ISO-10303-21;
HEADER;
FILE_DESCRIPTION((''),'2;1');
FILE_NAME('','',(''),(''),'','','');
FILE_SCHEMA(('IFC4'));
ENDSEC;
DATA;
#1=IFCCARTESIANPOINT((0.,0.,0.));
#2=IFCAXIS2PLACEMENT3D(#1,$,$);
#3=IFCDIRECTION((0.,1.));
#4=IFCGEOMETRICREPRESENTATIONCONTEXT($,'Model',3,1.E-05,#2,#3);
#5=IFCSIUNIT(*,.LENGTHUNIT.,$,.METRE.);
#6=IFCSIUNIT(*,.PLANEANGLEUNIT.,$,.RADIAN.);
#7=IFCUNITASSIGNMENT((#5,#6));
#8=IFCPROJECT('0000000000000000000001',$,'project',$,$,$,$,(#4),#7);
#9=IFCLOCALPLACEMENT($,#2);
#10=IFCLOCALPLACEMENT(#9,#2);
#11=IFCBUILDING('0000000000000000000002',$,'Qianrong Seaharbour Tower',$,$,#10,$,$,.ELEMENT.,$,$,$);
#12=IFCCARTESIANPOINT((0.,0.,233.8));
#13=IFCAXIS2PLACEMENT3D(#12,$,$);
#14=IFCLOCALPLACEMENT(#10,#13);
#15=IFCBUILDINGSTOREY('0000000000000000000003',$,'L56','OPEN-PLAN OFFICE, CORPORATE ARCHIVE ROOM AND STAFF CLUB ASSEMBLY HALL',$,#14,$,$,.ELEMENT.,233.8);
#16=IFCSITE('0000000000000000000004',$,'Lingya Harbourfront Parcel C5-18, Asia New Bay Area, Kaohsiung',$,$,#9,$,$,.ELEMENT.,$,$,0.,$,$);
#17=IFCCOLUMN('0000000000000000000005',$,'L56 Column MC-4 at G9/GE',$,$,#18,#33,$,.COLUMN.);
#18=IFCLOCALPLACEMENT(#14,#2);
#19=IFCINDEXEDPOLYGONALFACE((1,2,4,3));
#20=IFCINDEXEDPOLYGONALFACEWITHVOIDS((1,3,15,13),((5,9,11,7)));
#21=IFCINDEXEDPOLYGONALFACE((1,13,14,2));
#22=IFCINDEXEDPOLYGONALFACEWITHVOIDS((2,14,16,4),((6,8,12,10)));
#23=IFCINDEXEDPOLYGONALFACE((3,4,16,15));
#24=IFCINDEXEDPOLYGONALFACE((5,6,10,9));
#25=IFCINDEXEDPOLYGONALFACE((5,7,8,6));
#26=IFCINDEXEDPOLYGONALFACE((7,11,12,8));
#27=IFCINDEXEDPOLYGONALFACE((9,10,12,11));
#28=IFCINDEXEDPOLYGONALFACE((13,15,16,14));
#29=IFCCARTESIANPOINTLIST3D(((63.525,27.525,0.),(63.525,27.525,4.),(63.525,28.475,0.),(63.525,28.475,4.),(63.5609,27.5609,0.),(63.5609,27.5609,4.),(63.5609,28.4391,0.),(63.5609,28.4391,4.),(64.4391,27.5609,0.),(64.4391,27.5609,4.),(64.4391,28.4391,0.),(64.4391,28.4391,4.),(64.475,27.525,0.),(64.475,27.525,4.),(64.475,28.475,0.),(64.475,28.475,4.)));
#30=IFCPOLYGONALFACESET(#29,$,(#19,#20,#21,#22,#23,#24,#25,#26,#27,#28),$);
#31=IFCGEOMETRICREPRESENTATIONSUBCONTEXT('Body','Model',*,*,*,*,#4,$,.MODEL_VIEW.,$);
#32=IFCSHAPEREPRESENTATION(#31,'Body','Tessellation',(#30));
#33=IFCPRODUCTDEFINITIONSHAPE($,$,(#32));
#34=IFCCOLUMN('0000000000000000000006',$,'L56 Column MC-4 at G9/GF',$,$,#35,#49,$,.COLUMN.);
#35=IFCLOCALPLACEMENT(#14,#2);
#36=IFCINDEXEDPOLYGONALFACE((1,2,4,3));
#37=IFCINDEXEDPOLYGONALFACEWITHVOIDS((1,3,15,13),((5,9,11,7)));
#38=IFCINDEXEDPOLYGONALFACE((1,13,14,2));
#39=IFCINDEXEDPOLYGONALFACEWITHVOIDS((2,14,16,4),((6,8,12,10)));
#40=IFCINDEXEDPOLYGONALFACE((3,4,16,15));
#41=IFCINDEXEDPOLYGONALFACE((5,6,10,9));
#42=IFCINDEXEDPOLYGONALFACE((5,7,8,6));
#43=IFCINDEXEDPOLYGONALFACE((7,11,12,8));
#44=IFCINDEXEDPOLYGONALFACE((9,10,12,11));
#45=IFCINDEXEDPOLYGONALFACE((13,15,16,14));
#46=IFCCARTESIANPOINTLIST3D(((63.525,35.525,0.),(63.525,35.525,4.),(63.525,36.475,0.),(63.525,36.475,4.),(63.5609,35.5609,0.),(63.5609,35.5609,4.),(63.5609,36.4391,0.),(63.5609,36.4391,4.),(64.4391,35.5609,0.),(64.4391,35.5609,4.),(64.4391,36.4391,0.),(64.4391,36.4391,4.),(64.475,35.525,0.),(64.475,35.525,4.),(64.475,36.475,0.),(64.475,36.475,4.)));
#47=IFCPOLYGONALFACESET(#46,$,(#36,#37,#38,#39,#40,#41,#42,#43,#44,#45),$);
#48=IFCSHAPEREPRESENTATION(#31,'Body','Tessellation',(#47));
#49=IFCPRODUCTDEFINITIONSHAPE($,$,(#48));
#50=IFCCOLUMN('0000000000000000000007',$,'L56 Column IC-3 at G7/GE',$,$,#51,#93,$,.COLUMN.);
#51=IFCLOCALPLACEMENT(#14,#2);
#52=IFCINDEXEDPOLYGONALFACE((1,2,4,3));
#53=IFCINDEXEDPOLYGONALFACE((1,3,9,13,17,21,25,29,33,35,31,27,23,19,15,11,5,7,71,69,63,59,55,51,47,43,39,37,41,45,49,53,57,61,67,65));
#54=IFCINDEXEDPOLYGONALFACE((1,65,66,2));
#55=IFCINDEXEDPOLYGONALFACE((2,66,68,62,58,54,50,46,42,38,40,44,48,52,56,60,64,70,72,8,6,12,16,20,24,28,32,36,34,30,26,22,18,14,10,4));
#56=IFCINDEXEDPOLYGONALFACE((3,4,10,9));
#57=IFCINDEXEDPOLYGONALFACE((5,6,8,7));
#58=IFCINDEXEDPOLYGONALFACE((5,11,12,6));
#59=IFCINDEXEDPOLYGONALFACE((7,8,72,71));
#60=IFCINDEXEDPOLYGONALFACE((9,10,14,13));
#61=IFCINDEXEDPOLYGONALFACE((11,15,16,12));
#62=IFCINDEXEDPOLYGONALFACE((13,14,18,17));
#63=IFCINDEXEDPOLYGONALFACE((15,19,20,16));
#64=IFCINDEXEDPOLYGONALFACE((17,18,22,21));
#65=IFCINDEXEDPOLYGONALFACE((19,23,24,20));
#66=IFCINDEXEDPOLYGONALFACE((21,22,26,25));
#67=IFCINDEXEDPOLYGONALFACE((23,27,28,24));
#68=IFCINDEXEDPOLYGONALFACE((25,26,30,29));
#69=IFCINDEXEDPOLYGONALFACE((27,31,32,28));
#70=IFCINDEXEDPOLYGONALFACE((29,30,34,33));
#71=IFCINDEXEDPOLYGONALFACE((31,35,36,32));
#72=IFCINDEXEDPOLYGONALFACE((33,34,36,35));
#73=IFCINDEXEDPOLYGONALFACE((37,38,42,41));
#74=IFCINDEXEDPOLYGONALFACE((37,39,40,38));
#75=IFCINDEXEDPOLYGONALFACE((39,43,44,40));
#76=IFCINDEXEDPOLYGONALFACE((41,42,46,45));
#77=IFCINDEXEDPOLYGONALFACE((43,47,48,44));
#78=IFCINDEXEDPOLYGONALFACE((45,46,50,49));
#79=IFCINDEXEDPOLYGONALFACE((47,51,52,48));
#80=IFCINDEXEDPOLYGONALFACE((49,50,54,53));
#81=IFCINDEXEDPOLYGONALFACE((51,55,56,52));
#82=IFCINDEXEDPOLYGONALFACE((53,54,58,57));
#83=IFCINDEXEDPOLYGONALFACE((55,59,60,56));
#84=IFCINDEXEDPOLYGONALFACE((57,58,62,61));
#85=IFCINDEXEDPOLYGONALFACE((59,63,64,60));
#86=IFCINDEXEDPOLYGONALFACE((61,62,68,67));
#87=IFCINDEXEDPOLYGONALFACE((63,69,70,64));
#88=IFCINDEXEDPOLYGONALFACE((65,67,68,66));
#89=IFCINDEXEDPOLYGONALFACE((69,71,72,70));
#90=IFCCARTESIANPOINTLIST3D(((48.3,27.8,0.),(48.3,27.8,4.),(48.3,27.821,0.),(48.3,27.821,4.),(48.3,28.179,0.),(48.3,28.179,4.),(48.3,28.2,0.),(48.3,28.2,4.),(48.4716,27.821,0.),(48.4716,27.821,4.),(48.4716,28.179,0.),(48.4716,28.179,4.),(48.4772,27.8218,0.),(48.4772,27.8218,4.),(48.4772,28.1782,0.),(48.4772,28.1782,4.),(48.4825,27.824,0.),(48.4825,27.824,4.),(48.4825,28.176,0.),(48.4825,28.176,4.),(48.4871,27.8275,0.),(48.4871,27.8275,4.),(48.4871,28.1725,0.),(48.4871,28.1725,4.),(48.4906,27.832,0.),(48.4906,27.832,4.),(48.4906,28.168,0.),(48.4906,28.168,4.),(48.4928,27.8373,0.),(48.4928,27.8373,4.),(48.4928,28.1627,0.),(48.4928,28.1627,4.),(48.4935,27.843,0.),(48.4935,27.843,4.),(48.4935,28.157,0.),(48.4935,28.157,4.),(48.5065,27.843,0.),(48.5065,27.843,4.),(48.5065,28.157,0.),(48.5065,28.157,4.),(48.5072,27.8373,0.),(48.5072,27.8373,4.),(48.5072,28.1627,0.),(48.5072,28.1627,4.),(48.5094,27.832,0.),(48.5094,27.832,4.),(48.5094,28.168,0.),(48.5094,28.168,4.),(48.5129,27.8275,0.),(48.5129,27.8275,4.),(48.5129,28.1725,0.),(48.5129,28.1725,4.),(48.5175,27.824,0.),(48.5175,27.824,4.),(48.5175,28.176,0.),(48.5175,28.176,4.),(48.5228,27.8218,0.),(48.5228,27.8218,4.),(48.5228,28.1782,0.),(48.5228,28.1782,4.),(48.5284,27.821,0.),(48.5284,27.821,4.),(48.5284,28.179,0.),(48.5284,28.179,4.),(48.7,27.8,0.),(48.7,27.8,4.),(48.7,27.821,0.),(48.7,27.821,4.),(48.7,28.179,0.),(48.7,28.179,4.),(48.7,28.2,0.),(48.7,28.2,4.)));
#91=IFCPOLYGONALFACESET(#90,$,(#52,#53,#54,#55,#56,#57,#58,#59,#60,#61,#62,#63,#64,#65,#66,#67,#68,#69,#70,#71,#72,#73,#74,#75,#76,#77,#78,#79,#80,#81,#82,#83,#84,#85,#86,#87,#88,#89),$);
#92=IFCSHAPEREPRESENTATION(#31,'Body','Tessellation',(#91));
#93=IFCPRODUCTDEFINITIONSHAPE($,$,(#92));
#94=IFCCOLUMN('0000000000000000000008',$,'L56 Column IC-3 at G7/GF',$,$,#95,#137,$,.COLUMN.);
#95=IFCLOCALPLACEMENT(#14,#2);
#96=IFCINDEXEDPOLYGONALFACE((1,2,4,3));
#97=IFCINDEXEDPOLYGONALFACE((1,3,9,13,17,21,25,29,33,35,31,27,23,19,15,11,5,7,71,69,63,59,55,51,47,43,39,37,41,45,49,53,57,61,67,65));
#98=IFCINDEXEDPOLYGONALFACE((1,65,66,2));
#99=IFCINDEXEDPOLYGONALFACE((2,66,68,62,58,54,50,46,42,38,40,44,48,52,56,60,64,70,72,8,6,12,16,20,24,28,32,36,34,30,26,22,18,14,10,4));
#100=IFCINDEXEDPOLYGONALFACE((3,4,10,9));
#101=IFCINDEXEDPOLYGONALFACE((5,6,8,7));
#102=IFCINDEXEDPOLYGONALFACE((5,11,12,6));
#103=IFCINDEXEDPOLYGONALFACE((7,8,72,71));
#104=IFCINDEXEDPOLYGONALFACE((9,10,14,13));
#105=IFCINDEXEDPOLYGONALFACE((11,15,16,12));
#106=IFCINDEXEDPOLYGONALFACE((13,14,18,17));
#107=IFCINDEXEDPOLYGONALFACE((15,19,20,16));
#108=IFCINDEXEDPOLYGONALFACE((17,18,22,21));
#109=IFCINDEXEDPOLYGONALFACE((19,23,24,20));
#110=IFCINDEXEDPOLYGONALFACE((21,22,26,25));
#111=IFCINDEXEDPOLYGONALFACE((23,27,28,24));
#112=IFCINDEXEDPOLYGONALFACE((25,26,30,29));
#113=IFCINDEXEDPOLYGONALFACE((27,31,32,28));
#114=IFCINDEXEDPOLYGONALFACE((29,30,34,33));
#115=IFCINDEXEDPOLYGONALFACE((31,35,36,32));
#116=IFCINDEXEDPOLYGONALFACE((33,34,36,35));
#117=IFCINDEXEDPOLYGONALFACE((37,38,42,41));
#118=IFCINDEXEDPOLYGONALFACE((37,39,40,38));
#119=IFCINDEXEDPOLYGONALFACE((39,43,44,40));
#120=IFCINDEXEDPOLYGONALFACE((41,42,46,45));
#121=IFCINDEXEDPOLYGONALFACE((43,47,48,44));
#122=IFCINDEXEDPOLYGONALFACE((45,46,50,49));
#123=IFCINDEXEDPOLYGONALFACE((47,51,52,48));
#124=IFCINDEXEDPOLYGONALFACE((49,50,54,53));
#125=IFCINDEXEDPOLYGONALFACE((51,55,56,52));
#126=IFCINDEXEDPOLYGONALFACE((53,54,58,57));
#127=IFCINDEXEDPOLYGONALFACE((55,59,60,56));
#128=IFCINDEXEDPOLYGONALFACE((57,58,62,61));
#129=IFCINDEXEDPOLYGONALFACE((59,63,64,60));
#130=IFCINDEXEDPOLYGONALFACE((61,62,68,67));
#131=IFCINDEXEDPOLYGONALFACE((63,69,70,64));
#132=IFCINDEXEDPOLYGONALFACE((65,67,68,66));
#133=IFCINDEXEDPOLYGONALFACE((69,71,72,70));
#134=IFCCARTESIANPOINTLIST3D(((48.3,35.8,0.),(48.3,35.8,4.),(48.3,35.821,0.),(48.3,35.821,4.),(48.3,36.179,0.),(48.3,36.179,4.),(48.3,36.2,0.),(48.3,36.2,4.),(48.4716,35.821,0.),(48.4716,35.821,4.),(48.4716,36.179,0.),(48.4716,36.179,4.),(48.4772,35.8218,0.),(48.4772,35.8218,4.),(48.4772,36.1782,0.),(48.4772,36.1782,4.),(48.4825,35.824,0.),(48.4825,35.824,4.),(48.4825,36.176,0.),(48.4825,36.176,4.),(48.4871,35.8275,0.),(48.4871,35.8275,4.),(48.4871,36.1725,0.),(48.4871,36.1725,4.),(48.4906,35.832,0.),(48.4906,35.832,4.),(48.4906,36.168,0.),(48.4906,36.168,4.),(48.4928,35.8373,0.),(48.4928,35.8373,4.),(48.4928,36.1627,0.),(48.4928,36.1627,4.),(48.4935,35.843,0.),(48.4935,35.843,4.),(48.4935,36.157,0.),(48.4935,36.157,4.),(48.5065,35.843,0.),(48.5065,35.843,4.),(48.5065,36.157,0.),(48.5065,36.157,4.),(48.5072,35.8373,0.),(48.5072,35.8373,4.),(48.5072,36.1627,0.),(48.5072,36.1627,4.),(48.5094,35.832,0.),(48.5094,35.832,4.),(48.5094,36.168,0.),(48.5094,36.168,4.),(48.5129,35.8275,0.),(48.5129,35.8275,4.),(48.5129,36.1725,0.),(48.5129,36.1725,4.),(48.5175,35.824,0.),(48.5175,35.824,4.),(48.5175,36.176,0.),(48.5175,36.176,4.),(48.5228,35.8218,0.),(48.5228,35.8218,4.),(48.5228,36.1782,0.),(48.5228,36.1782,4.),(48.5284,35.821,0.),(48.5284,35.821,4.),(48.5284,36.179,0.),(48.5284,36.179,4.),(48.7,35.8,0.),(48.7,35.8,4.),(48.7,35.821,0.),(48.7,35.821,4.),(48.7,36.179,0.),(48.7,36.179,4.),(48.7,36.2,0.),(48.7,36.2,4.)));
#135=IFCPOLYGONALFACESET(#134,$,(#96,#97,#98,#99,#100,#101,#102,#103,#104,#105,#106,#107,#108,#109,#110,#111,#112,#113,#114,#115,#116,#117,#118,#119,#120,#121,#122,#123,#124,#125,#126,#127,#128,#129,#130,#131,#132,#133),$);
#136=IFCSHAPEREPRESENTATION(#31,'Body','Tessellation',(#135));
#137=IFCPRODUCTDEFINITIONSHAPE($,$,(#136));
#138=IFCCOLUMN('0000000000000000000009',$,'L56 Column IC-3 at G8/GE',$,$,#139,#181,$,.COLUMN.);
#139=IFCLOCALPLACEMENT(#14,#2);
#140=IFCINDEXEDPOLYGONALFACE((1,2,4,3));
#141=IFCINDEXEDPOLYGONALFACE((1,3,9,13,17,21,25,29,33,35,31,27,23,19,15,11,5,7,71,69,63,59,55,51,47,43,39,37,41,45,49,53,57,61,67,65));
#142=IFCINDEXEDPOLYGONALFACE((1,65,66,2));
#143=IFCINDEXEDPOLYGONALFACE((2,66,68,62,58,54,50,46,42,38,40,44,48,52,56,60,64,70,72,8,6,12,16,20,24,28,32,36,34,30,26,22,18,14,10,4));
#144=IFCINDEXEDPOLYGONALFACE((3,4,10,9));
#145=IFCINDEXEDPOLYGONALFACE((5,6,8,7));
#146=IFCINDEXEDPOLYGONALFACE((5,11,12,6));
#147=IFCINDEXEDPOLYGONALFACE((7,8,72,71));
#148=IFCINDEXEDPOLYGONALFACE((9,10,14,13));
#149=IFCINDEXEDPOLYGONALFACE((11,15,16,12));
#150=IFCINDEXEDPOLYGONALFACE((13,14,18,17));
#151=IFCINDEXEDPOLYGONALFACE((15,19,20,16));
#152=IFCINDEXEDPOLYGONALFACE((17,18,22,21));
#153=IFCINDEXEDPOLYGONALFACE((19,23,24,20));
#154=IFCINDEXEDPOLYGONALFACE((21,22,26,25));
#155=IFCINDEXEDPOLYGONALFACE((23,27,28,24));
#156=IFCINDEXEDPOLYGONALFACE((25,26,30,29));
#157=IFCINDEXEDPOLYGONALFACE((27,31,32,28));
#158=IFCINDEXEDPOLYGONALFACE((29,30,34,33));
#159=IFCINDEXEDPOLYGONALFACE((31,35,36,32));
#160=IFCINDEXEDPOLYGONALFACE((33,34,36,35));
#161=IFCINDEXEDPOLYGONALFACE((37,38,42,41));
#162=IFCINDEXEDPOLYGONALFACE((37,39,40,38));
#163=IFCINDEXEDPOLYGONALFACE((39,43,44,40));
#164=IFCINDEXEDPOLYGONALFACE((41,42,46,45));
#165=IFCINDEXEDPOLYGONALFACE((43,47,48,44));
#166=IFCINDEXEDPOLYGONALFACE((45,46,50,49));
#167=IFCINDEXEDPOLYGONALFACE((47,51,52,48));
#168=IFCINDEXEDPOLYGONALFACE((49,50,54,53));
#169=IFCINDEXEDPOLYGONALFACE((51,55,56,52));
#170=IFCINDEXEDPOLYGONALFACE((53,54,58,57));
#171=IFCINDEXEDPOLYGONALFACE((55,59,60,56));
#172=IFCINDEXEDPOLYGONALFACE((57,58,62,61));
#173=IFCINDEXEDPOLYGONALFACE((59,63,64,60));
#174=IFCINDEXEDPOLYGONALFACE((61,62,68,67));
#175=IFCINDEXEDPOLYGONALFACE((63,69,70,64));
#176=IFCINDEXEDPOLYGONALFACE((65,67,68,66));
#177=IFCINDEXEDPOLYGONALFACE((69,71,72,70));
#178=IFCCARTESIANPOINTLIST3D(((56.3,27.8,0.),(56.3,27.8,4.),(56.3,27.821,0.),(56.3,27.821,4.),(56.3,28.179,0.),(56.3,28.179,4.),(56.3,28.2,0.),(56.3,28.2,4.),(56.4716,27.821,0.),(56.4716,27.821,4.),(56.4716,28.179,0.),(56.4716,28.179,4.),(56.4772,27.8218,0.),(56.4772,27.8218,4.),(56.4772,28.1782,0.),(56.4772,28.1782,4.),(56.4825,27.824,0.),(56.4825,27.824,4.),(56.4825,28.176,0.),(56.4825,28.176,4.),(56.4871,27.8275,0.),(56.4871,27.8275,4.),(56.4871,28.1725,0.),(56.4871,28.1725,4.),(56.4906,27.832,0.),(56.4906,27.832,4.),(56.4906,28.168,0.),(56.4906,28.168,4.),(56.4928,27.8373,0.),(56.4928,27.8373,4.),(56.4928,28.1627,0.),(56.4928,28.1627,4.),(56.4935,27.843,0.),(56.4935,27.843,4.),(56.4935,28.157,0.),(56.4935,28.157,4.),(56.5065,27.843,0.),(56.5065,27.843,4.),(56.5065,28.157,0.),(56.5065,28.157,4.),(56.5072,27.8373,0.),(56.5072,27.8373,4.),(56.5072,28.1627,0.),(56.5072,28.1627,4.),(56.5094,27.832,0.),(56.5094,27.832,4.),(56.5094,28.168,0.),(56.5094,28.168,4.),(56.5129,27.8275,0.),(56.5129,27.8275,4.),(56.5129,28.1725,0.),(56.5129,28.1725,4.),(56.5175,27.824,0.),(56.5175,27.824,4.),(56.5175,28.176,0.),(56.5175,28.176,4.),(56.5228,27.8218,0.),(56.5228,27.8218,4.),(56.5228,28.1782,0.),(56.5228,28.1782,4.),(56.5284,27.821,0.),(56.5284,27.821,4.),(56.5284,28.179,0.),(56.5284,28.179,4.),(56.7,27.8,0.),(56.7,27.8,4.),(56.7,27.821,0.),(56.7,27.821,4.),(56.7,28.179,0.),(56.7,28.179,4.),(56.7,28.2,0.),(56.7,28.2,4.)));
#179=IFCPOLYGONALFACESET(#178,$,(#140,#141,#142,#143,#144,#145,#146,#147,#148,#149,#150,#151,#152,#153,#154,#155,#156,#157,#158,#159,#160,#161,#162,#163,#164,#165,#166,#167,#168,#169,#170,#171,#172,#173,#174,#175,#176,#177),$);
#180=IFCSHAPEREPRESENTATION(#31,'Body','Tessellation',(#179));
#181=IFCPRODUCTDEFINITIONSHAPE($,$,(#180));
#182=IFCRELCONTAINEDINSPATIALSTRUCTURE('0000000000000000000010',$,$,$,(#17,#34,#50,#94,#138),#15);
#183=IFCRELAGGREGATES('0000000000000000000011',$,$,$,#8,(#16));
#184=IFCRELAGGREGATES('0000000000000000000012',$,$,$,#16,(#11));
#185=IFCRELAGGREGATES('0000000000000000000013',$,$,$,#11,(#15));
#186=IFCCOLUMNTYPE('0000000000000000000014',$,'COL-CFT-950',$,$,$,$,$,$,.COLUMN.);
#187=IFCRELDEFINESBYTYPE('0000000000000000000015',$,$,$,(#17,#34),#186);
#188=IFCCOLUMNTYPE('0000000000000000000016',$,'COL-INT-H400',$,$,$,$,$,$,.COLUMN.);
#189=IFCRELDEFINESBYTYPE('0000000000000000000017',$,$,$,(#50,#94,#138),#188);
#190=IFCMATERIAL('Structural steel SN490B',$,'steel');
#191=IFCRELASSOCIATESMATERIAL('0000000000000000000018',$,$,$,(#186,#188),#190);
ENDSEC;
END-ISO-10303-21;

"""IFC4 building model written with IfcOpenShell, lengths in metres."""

from ifc_helpers import new_model, si_unit, direction, frame, origin, origin_2d, place, context, subcontext, project, spatial, hollow_rectangle, i_section, extrude, material, material_profile, profile_set, type_object, element, save


model = new_model("IFC4")

# Units and contexts
model_context = context("Model", 3, precision=1e-05, world=origin(), true_north=direction((0.0, 1.0)))
body_context = subcontext(model_context, "Body", "Model", "MODEL_VIEW")
ifc_project = project(units=[si_unit("LENGTHUNIT", "METRE"), si_unit("PLANEANGLEUNIT", "RADIAN")], contexts=[model_context])

# Site, building, storey
site_placement = place(None, origin())
site = spatial("IfcSite", under=ifc_project, at=site_placement, Name="Lingya Harbourfront Parcel C5-18, Asia New Bay Area, Kaohsiung", CompositionType="ELEMENT", RefElevation=0.0)
building_placement = place(site_placement, origin())
building = spatial("IfcBuilding", under=site, at=building_placement, Name="Qianrong Seaharbour Tower", CompositionType="ELEMENT")
storey_placement = place(building_placement, frame((0.0, 0.0, 233.8)))
storey = spatial("IfcBuildingStorey", under=building, at=storey_placement, Name="L56", Description="OPEN-PLAN OFFICE, CORPORATE ARCHIVE ROOM AND STAFF CLUB ASSEMBLY HALL", CompositionType="ELEMENT", Elevation=233.8)

# Columns
ifc_material_1 = material(Name="Structural steel SN490B", Category="steel")
ifc_material_profile_1 = material_profile(ifc_material_1, hollow_rectangle(XDim=0.95, YDim=0.95, WallThickness=0.0359, at=origin_2d()), Name="BOX950x950x36")
ifc_profile_set_1 = profile_set([ifc_material_profile_1], Name="Structural steel SN490B")
column_type_1 = type_object("IfcColumnType", Name="COL-CFT-950", PredefinedType="COLUMN", material=ifc_profile_set_1)
for number, where, z_axis, x_axis, name in (
    (1, (64.0, 28.0, 0.0), (0.0, 0.0, 1.0), (1.0, 0.0, 0.0), "L56 Column MC-4 at G9/GE"),
    (2, (64.0, 36.0, 0.0), (0.0, 0.0, 1.0), (1.0, 0.0, 0.0), "L56 Column MC-4 at G9/GF"),
):
    element("IfcColumn", number, at=place(storey_placement, frame(where, z_axis=z_axis, x_axis=x_axis)), inside=storey, type_object=column_type_1, Name=name, PredefinedType="COLUMN", context=body_context, shape_type="SweptSolid", body=[
        extrude(hollow_rectangle(XDim=0.95, YDim=0.95, WallThickness=0.0359, at=origin_2d()), origin(), (0.0, 0.0, 1.0), 4.0),
    ])
ifc_material_profile_2 = material_profile(ifc_material_1, i_section(OverallWidth=0.3999, OverallDepth=0.3999, WebThickness=0.0129, FlangeThickness=0.021, FilletRadius=0.022, at=origin_2d()), Name="H400x400x13x21")
ifc_profile_set_2 = profile_set([ifc_material_profile_2], Name="Structural steel SN490B")
column_type_2 = type_object("IfcColumnType", Name="COL-INT-H400", PredefinedType="COLUMN", material=ifc_profile_set_2)
for number, where, z_axis, x_axis, name in (
    (3, (48.5, 28.0, 0.0), (0.0, 0.0, 1.0), (1.0, 0.0, 0.0), "L56 Column IC-3 at G7/GE"),
    (4, (48.5, 36.0, 0.0), (0.0, 0.0, 1.0), (1.0, 0.0, 0.0), "L56 Column IC-3 at G7/GF"),
    (5, (56.5, 28.0, 0.0), (0.0, 0.0, 1.0), (1.0, 0.0, 0.0), "L56 Column IC-3 at G8/GE"),
):
    element("IfcColumn", number, at=place(storey_placement, frame(where, z_axis=z_axis, x_axis=x_axis)), inside=storey, type_object=column_type_2, Name=name, PredefinedType="COLUMN", context=body_context, shape_type="SweptSolid", body=[
        extrude(i_section(OverallWidth=0.3999, OverallDepth=0.3999, WebThickness=0.0129, FlangeThickness=0.021, FilletRadius=0.022, at=origin_2d()), origin(), (0.0, 0.0, 1.0), 4.0),
    ])

save(model, "model.ifc")
